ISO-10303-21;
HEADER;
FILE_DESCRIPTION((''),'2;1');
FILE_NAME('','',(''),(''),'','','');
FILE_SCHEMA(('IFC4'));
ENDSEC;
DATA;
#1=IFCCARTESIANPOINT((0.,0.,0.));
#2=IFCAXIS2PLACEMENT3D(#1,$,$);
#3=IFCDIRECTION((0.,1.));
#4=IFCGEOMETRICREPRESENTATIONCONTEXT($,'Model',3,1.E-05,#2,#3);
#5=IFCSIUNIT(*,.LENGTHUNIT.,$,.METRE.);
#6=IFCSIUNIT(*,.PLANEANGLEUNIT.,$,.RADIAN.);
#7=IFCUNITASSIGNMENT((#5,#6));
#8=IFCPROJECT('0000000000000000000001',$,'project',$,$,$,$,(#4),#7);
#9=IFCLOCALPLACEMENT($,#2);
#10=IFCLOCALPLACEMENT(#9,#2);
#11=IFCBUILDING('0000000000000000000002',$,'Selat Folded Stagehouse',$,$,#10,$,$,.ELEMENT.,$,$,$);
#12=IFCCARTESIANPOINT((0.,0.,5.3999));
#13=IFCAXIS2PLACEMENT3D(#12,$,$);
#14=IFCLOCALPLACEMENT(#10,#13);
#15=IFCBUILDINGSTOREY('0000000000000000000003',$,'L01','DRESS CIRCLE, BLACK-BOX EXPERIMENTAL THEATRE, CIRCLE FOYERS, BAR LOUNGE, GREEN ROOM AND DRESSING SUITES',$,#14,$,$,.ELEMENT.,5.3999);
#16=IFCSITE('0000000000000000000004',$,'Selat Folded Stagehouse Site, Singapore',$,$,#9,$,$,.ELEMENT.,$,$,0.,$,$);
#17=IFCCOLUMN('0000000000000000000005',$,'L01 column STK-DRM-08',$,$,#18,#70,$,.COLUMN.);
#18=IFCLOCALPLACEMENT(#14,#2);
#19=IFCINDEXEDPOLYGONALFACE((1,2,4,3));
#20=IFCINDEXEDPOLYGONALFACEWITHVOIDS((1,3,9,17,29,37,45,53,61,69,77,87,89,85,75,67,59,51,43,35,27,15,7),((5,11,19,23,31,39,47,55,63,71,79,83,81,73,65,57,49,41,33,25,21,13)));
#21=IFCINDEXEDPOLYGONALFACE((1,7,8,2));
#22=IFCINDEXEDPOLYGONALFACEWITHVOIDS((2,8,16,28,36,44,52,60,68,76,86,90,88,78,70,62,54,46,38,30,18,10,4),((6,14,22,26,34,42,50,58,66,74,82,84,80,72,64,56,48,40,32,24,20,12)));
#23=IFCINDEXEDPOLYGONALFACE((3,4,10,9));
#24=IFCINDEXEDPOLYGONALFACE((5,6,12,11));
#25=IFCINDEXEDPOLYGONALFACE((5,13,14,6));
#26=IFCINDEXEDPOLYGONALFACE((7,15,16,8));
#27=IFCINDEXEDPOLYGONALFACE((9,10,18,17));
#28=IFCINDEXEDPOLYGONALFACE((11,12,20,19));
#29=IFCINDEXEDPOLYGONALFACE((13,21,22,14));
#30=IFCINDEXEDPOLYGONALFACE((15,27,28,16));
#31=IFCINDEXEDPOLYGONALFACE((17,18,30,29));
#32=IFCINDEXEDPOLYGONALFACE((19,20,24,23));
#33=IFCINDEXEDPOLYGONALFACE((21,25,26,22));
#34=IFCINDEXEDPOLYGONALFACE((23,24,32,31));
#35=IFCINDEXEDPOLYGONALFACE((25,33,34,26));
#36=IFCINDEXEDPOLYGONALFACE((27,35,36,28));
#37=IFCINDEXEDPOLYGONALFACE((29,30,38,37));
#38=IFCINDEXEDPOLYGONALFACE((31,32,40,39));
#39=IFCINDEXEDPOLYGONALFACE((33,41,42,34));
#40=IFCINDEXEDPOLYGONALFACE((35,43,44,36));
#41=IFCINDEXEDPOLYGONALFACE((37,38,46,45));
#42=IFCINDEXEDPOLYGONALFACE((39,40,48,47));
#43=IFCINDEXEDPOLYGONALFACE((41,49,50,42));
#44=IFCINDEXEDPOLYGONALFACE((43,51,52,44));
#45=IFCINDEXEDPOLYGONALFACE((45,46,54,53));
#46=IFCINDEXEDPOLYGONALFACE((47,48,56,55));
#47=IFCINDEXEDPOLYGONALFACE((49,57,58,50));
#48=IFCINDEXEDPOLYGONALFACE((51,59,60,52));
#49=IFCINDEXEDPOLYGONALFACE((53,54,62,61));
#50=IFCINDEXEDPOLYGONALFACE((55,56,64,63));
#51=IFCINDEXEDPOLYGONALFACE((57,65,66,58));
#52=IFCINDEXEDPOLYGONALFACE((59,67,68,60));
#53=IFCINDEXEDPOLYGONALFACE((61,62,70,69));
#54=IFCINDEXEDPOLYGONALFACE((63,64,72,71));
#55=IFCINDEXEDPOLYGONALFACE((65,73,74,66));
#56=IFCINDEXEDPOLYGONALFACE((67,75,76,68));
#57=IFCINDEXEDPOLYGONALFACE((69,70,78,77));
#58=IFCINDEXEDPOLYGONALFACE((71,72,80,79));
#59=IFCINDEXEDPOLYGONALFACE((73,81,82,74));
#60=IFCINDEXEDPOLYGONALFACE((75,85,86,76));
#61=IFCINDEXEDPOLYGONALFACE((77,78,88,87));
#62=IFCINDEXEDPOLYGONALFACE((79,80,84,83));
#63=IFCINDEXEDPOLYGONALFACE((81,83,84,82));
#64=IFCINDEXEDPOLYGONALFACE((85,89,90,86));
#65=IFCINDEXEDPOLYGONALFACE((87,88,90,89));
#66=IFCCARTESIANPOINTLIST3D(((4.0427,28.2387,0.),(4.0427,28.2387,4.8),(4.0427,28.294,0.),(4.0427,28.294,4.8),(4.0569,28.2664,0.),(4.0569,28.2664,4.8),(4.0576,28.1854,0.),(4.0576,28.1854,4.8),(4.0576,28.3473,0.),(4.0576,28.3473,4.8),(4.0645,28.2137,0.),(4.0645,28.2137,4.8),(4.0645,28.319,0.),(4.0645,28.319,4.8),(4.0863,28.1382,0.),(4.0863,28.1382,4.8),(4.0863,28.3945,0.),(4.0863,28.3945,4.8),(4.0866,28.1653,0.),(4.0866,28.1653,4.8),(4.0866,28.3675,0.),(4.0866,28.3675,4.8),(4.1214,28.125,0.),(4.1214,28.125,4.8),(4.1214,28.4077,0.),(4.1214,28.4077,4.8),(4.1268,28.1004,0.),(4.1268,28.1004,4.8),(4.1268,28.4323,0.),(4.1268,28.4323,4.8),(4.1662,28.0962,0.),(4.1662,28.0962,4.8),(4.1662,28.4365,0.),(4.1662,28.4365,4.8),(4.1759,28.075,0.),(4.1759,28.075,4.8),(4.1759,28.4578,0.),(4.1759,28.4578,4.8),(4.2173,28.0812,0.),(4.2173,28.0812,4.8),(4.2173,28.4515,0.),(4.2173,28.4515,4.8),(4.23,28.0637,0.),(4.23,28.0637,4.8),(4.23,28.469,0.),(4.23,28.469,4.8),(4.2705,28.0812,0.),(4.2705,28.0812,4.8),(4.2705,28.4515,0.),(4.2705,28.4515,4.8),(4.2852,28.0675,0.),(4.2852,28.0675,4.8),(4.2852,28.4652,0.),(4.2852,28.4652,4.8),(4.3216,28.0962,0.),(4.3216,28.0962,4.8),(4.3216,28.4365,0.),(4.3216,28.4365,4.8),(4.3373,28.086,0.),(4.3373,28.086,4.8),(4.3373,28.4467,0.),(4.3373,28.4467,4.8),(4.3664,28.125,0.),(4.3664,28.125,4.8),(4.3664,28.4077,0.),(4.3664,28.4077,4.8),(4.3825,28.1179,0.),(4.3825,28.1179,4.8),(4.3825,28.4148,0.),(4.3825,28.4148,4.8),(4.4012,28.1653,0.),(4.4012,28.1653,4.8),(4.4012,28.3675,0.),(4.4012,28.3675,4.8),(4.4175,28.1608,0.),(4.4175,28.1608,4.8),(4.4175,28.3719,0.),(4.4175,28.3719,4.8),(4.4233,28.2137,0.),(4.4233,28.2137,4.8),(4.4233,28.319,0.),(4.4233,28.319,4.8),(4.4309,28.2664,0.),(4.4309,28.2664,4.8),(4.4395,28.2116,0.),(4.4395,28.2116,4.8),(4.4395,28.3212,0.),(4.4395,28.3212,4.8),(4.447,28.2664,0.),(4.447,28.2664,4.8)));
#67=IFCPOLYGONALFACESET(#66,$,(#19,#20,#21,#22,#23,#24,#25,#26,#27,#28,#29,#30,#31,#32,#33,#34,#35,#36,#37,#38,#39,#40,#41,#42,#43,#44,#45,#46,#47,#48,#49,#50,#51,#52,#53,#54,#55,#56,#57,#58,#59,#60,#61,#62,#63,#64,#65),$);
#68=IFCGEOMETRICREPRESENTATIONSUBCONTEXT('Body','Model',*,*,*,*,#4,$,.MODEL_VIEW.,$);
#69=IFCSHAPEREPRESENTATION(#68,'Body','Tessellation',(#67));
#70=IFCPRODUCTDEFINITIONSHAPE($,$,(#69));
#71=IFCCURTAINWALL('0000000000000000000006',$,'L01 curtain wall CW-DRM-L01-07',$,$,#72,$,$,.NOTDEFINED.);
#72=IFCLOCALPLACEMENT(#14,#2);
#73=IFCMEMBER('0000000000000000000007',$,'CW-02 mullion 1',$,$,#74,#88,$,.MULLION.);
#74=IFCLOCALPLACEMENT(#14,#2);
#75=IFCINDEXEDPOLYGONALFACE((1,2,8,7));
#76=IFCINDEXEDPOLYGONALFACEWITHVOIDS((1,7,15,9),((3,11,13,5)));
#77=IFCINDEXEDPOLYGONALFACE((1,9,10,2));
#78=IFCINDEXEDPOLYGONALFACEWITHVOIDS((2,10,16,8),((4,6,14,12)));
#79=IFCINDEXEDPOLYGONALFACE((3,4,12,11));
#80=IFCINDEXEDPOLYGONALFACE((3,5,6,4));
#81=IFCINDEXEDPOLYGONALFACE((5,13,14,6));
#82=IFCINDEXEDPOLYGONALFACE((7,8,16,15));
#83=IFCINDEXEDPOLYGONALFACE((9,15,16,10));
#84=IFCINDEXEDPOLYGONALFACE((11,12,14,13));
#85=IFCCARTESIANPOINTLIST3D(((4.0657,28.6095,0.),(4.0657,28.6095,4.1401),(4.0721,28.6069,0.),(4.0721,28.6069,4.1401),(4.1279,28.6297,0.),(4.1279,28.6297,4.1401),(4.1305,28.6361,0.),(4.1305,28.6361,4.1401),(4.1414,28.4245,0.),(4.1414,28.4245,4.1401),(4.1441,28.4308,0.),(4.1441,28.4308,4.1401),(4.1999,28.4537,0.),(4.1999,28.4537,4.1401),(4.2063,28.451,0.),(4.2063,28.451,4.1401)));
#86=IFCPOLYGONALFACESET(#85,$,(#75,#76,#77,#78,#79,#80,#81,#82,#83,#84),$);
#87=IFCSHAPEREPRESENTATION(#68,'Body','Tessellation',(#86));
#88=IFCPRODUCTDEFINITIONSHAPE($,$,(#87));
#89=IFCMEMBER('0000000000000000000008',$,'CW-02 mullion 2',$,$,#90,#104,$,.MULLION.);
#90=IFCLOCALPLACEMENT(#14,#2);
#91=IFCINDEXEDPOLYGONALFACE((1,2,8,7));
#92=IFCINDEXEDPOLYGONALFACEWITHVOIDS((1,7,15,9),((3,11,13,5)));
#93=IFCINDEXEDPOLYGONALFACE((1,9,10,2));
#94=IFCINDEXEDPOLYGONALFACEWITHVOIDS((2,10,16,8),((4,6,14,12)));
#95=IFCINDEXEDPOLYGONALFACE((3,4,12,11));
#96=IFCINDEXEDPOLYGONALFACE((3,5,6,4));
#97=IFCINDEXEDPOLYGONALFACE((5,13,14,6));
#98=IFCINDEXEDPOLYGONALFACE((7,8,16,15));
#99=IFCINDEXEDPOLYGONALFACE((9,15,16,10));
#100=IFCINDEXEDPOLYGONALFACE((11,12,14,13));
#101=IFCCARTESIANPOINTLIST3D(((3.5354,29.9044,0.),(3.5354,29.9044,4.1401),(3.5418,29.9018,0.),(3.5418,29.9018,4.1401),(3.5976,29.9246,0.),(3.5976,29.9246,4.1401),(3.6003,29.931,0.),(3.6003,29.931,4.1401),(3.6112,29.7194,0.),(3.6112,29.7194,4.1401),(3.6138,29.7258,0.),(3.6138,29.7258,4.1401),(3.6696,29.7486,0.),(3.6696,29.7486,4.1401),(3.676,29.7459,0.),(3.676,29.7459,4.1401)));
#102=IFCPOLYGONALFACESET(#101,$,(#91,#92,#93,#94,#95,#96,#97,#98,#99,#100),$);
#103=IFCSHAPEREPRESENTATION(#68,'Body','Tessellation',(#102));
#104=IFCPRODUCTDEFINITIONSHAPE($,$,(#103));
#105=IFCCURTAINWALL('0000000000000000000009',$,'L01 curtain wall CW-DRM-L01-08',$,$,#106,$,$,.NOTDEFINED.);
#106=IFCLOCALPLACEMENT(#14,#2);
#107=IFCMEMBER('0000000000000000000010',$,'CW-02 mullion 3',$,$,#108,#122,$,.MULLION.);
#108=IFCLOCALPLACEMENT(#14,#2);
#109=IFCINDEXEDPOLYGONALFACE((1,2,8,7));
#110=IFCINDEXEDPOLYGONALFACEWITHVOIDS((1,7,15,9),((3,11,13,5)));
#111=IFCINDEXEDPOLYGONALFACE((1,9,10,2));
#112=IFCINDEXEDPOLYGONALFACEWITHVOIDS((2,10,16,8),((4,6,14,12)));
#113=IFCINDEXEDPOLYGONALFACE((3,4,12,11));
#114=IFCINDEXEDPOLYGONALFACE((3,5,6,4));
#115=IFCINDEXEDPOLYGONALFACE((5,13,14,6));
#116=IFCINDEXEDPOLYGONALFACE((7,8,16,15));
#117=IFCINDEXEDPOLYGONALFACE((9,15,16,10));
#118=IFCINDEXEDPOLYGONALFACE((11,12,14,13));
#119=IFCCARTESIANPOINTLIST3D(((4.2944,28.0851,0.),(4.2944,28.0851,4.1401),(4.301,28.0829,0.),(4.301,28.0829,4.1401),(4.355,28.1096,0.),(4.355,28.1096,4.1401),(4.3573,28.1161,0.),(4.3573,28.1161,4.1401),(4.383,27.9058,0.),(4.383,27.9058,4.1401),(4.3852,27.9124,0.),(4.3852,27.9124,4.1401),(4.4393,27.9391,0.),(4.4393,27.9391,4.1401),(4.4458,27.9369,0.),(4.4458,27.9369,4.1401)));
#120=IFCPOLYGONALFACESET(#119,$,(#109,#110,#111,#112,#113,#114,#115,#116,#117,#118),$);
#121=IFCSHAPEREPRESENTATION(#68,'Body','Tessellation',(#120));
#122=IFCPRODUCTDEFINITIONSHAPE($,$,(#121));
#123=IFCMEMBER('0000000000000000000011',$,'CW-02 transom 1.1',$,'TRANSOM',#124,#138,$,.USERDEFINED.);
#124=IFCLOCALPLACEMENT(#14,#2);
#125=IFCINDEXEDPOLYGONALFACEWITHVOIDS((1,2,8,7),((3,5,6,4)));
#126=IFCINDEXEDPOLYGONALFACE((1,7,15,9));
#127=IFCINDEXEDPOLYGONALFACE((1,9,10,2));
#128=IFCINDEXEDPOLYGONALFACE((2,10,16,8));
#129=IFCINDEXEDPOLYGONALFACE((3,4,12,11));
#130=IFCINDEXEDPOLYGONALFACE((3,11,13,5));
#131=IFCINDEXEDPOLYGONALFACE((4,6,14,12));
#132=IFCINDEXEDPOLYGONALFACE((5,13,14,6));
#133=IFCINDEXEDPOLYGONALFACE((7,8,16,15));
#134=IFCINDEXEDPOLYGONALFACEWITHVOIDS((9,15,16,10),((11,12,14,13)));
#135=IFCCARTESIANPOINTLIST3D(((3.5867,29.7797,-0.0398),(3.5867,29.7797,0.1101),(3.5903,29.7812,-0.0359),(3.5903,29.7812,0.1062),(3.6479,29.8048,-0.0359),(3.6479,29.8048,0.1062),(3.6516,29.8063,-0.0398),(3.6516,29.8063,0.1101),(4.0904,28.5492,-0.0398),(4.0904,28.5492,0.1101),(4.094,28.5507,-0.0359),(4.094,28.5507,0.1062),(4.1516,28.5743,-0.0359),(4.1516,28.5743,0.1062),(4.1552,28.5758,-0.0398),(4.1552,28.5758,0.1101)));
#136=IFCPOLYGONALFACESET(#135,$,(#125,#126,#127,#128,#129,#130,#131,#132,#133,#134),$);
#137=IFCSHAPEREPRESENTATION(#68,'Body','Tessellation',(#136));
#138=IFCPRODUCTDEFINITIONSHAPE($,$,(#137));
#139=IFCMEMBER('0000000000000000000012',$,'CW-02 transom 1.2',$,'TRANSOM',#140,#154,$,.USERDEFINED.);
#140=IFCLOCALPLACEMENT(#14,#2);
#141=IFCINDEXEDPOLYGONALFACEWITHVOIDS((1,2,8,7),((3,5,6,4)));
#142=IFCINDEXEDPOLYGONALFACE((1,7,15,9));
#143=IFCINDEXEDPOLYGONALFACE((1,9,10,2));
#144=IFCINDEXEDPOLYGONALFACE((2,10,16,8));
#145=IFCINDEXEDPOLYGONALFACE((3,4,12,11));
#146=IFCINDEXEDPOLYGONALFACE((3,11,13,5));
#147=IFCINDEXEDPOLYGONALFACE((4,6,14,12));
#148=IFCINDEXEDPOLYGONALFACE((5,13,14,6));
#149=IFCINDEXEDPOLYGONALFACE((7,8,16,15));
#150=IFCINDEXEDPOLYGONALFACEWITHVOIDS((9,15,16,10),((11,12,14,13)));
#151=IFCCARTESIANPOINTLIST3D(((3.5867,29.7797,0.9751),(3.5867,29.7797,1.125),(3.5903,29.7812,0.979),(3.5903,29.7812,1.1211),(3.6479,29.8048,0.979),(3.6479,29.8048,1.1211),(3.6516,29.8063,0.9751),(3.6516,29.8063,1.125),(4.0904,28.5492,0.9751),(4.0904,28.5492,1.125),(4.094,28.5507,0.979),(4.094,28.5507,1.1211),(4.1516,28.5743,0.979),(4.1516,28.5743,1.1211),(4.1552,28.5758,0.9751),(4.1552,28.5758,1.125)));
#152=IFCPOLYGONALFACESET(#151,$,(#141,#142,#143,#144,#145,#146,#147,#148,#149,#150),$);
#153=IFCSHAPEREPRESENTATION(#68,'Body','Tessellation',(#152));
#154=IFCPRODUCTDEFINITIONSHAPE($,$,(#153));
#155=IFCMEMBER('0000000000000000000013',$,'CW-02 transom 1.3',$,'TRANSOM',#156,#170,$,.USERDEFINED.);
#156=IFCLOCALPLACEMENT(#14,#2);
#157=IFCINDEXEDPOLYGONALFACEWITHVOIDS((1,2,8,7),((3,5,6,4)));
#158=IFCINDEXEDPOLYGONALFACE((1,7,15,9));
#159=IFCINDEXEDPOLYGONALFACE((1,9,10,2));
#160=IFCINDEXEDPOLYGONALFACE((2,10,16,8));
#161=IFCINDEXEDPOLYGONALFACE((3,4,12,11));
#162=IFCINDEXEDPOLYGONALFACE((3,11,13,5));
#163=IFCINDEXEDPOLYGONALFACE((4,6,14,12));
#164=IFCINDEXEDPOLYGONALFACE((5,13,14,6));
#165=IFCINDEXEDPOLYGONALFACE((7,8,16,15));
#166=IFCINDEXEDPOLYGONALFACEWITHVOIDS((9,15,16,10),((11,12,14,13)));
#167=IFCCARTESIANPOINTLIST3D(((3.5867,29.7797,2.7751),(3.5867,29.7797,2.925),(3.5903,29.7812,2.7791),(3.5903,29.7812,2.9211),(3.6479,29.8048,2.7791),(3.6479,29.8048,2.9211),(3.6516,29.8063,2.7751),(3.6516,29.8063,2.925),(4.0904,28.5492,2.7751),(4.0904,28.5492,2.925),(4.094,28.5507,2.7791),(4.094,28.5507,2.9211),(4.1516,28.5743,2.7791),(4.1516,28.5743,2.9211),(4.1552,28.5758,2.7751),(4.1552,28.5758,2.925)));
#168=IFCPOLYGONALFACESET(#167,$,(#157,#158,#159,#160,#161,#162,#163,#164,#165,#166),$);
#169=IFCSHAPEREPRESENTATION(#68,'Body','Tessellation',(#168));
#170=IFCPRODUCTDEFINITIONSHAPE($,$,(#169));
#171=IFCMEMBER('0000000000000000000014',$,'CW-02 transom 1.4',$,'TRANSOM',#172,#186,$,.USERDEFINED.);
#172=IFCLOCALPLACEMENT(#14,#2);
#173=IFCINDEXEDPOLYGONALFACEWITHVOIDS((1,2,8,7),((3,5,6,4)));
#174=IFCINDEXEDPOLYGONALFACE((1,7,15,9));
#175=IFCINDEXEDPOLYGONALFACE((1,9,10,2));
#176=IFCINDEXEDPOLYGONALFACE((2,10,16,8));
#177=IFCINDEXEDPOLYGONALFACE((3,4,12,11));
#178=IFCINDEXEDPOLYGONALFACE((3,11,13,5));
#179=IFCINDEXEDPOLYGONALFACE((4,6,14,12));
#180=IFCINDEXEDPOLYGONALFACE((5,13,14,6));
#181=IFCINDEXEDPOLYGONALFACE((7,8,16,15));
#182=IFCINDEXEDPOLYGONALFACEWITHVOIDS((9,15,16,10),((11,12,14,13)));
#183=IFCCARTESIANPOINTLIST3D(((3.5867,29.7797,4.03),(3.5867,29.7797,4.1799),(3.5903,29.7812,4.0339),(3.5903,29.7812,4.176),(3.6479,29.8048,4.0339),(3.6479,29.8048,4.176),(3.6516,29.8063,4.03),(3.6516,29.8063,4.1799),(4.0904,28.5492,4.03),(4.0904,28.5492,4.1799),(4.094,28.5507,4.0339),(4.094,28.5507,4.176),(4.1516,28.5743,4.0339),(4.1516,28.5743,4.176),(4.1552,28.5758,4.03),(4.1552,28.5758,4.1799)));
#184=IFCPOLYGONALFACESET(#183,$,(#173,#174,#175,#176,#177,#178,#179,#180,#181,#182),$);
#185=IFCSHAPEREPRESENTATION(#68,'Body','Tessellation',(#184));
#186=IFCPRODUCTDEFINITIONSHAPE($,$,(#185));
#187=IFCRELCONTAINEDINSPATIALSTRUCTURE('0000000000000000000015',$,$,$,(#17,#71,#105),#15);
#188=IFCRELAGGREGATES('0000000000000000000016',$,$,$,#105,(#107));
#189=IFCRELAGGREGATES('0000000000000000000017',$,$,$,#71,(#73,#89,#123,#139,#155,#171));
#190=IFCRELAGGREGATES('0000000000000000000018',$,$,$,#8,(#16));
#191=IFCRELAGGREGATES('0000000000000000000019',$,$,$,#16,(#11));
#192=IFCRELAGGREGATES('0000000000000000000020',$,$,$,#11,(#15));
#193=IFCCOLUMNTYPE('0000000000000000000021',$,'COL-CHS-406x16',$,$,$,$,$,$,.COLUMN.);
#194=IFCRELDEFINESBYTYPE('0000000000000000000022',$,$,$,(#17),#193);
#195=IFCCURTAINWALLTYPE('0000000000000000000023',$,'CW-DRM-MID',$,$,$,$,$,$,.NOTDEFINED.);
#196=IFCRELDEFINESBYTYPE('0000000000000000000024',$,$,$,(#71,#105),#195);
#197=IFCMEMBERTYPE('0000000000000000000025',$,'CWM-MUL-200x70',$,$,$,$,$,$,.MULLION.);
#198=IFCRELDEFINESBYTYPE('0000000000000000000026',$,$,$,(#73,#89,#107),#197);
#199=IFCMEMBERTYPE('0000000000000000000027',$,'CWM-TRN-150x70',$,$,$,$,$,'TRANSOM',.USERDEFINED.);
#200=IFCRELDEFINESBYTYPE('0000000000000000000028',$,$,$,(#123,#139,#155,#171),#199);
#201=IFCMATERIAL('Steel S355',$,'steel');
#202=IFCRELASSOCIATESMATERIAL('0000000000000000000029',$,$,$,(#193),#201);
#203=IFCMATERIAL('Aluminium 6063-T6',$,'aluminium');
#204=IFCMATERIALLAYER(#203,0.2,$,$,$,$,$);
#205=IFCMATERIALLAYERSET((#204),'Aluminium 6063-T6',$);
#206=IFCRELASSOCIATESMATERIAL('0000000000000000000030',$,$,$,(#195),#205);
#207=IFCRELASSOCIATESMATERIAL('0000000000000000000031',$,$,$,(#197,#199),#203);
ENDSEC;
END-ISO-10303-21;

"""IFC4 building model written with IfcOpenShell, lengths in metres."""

from ifc_helpers import new_model, si_unit, direction, frame, origin, origin_2d, place, context, subcontext, project, spatial, hollow_rectangle, hollow_circle, extrude, material, layer, layer_set, material_profile, profile_set, type_object, element, aggregate, save


model = new_model("IFC4")

# Units and contexts
model_context = context("Model", 3, precision=1e-05, world=origin(), true_north=direction((0.0, 1.0)))
body_context = subcontext(model_context, "Body", "Model", "MODEL_VIEW")
ifc_project = project(units=[si_unit("LENGTHUNIT", "METRE"), si_unit("PLANEANGLEUNIT", "RADIAN")], contexts=[model_context])

# Site, building, storey
site_placement = place(None, origin())
site = spatial("IfcSite", under=ifc_project, at=site_placement, Name="Selat Folded Stagehouse Site, Singapore", CompositionType="ELEMENT", RefElevation=0.0)
building_placement = place(site_placement, origin())
building = spatial("IfcBuilding", under=site, at=building_placement, Name="Selat Folded Stagehouse", CompositionType="ELEMENT")
storey_placement = place(building_placement, frame((0.0, 0.0, 5.3999)))
storey = spatial("IfcBuildingStorey", under=building, at=storey_placement, Name="L01", Description="DRESS CIRCLE, BLACK-BOX EXPERIMENTAL THEATRE, CIRCLE FOYERS, BAR LOUNGE, GREEN ROOM AND DRESSING SUITES", CompositionType="ELEMENT", Elevation=5.3999)

# Column
ifc_material_1 = material(Name="Steel S355", Category="steel")
ifc_material_profile_1 = material_profile(ifc_material_1, hollow_circle(Radius=0.2031, WallThickness=0.0161, at=origin_2d()), Name="CHS 406.4x16.0")
ifc_profile_set_1 = profile_set([ifc_material_profile_1], Name="Steel S355")
column_type = type_object("IfcColumnType", Name="COL-CHS-406x16", PredefinedType="COLUMN", material=ifc_profile_set_1)
column_placement = place(storey_placement, frame((4.2439, 28.2664, 0.0), z_axis=(0.0, 0.0, 1.0), x_axis=(1.0, 0.0, 0.0)))
element("IfcColumn", 1, at=column_placement, inside=storey, type_object=column_type, Name="L01 column STK-DRM-08", PredefinedType="COLUMN", context=body_context, shape_type="SweptSolid", body=[
    extrude(hollow_circle(Radius=0.2031, WallThickness=0.0161, at=origin_2d()), origin(), (0.0, 0.0, 1.0), 4.8),
])

# Curtain wall, members
ifc_material_2 = material(Name="Aluminium 6063-T6", Category="aluminium")
ifc_layer_1 = layer(ifc_material_2, 0.2)
ifc_layer_set_1 = layer_set([ifc_layer_1], Name="Aluminium 6063-T6")
curtain_wall_type = type_object("IfcCurtainWallType", Name="CW-DRM-MID", PredefinedType="NOTDEFINED", material=ifc_layer_set_1)
curtain_wall_1_placement = place(storey_placement, origin())
curtain_wall_1 = element("IfcCurtainWall", 2, at=curtain_wall_1_placement, inside=storey, type_object=curtain_wall_type, Name="L01 curtain wall CW-DRM-L01-07", PredefinedType="NOTDEFINED")
ifc_material_profile_2 = material_profile(ifc_material_2, hollow_rectangle(XDim=0.0701, YDim=0.2, WallThickness=0.0049, at=origin_2d()), Name="ALU 200x70x5.0")
ifc_profile_set_2 = profile_set([ifc_material_profile_2], Name="Aluminium 6063-T6")
member_type_1 = type_object("IfcMemberType", Name="CWM-MUL-200x70", PredefinedType="MULLION", material=ifc_profile_set_2)
member_1_placement = place(storey_placement, frame((4.136, 28.5303, 0.0), z_axis=(0.0, 0.0, 1.0), x_axis=(-0.925441, -0.378891, 0.0)))
member_1 = element("IfcMember", 3, at=member_1_placement, type_object=member_type_1, Name="CW-02 mullion 1", PredefinedType="MULLION", context=body_context, shape_type="SweptSolid", body=[
    extrude(hollow_rectangle(XDim=0.0701, YDim=0.2, WallThickness=0.0049, at=origin_2d()), origin(), (0.0, 0.0, 1.0), 4.1401),
])
member_2_placement = place(storey_placement, frame((3.6057, 29.8252, 0.0), z_axis=(0.0, 0.0, 1.0), x_axis=(-0.925441, -0.378891, 0.0)))
member_2 = element("IfcMember", 4, at=member_2_placement, type_object=member_type_1, Name="CW-02 mullion 2", PredefinedType="MULLION", context=body_context, shape_type="SweptSolid", body=[
    extrude(hollow_rectangle(XDim=0.0701, YDim=0.2, WallThickness=0.0049, at=origin_2d()), origin(), (0.0, 0.0, 1.0), 4.1401),
])

# Curtain wall, member
curtain_wall_2_placement = place(storey_placement, origin())
curtain_wall_2 = element("IfcCurtainWall", 5, at=curtain_wall_2_placement, inside=storey, type_object=curtain_wall_type, Name="L01 curtain wall CW-DRM-L01-08", PredefinedType="NOTDEFINED")
member_3_placement = place(storey_placement, frame((4.3701, 28.011, 0.0), z_axis=(0.0, 0.0, 1.0), x_axis=(-0.896598, -0.442845, 0.0)))
member_3 = element("IfcMember", 6, at=member_3_placement, type_object=member_type_1, Name="CW-02 mullion 3", PredefinedType="MULLION", context=body_context, shape_type="SweptSolid", body=[
    extrude(hollow_rectangle(XDim=0.0701, YDim=0.2, WallThickness=0.0049, at=origin_2d()), origin(), (0.0, 0.0, 1.0), 4.1401),
])
aggregate(curtain_wall_2, [member_3])

# Members
ifc_material_profile_3 = material_profile(ifc_material_2, hollow_rectangle(XDim=0.0701, YDim=0.1499, WallThickness=0.0039, at=origin_2d()), Name="ALU 150x70x4.0")
ifc_profile_set_3 = profile_set([ifc_material_profile_3], Name="Aluminium 6063-T6")
member_type_2 = type_object("IfcMemberType", Name="CWM-TRN-150x70", ElementType="TRANSOM", PredefinedType="USERDEFINED", material=ifc_profile_set_3)
member_4_placement = place(storey_placement, frame((4.1228, 28.5625, 0.0352), z_axis=(-0.378819, 0.925471, 0.0), x_axis=(-0.925471, -0.378819, 0.0)))
member_4 = element("IfcMember", 7, at=member_4_placement, type_object=member_type_2, Name="CW-02 transom 1.1", ObjectType="TRANSOM", PredefinedType="USERDEFINED", context=body_context, shape_type="SweptSolid", body=[
    extrude(hollow_rectangle(XDim=0.0701, YDim=0.1499, WallThickness=0.0039, at=origin_2d()), origin(), (0.0, 0.0, 1.0), 1.3296),
])
member_5_placement = place(storey_placement, frame((4.1228, 28.5625, 1.05), z_axis=(-0.378819, 0.925471, 0.0), x_axis=(-0.925471, -0.378819, 0.0)))
member_5 = element("IfcMember", 8, at=member_5_placement, type_object=member_type_2, Name="CW-02 transom 1.2", ObjectType="TRANSOM", PredefinedType="USERDEFINED", context=body_context, shape_type="SweptSolid", body=[
    extrude(hollow_rectangle(XDim=0.0701, YDim=0.1499, WallThickness=0.0039, at=origin_2d()), origin(), (0.0, 0.0, 1.0), 1.3296),
])
member_6_placement = place(storey_placement, frame((4.1228, 28.5625, 2.8501), z_axis=(-0.378819, 0.925471, 0.0), x_axis=(-0.925471, -0.378819, 0.0)))
member_6 = element("IfcMember", 9, at=member_6_placement, type_object=member_type_2, Name="CW-02 transom 1.3", ObjectType="TRANSOM", PredefinedType="USERDEFINED", context=body_context, shape_type="SweptSolid", body=[
    extrude(hollow_rectangle(XDim=0.0701, YDim=0.1499, WallThickness=0.0039, at=origin_2d()), origin(), (0.0, 0.0, 1.0), 1.3296),
])
member_7_placement = place(storey_placement, frame((4.1228, 28.5625, 4.105), z_axis=(-0.378819, 0.925471, 0.0), x_axis=(-0.925471, -0.378819, 0.0)))
member_7 = element("IfcMember", 10, at=member_7_placement, type_object=member_type_2, Name="CW-02 transom 1.4", ObjectType="TRANSOM", PredefinedType="USERDEFINED", context=body_context, shape_type="SweptSolid", body=[
    extrude(hollow_rectangle(XDim=0.0701, YDim=0.1499, WallThickness=0.0039, at=origin_2d()), origin(), (0.0, 0.0, 1.0), 1.3296),
])

aggregate(curtain_wall_1, [member_1, member_2, member_4, member_5, member_6, member_7])

save(model, "model.ifc")
